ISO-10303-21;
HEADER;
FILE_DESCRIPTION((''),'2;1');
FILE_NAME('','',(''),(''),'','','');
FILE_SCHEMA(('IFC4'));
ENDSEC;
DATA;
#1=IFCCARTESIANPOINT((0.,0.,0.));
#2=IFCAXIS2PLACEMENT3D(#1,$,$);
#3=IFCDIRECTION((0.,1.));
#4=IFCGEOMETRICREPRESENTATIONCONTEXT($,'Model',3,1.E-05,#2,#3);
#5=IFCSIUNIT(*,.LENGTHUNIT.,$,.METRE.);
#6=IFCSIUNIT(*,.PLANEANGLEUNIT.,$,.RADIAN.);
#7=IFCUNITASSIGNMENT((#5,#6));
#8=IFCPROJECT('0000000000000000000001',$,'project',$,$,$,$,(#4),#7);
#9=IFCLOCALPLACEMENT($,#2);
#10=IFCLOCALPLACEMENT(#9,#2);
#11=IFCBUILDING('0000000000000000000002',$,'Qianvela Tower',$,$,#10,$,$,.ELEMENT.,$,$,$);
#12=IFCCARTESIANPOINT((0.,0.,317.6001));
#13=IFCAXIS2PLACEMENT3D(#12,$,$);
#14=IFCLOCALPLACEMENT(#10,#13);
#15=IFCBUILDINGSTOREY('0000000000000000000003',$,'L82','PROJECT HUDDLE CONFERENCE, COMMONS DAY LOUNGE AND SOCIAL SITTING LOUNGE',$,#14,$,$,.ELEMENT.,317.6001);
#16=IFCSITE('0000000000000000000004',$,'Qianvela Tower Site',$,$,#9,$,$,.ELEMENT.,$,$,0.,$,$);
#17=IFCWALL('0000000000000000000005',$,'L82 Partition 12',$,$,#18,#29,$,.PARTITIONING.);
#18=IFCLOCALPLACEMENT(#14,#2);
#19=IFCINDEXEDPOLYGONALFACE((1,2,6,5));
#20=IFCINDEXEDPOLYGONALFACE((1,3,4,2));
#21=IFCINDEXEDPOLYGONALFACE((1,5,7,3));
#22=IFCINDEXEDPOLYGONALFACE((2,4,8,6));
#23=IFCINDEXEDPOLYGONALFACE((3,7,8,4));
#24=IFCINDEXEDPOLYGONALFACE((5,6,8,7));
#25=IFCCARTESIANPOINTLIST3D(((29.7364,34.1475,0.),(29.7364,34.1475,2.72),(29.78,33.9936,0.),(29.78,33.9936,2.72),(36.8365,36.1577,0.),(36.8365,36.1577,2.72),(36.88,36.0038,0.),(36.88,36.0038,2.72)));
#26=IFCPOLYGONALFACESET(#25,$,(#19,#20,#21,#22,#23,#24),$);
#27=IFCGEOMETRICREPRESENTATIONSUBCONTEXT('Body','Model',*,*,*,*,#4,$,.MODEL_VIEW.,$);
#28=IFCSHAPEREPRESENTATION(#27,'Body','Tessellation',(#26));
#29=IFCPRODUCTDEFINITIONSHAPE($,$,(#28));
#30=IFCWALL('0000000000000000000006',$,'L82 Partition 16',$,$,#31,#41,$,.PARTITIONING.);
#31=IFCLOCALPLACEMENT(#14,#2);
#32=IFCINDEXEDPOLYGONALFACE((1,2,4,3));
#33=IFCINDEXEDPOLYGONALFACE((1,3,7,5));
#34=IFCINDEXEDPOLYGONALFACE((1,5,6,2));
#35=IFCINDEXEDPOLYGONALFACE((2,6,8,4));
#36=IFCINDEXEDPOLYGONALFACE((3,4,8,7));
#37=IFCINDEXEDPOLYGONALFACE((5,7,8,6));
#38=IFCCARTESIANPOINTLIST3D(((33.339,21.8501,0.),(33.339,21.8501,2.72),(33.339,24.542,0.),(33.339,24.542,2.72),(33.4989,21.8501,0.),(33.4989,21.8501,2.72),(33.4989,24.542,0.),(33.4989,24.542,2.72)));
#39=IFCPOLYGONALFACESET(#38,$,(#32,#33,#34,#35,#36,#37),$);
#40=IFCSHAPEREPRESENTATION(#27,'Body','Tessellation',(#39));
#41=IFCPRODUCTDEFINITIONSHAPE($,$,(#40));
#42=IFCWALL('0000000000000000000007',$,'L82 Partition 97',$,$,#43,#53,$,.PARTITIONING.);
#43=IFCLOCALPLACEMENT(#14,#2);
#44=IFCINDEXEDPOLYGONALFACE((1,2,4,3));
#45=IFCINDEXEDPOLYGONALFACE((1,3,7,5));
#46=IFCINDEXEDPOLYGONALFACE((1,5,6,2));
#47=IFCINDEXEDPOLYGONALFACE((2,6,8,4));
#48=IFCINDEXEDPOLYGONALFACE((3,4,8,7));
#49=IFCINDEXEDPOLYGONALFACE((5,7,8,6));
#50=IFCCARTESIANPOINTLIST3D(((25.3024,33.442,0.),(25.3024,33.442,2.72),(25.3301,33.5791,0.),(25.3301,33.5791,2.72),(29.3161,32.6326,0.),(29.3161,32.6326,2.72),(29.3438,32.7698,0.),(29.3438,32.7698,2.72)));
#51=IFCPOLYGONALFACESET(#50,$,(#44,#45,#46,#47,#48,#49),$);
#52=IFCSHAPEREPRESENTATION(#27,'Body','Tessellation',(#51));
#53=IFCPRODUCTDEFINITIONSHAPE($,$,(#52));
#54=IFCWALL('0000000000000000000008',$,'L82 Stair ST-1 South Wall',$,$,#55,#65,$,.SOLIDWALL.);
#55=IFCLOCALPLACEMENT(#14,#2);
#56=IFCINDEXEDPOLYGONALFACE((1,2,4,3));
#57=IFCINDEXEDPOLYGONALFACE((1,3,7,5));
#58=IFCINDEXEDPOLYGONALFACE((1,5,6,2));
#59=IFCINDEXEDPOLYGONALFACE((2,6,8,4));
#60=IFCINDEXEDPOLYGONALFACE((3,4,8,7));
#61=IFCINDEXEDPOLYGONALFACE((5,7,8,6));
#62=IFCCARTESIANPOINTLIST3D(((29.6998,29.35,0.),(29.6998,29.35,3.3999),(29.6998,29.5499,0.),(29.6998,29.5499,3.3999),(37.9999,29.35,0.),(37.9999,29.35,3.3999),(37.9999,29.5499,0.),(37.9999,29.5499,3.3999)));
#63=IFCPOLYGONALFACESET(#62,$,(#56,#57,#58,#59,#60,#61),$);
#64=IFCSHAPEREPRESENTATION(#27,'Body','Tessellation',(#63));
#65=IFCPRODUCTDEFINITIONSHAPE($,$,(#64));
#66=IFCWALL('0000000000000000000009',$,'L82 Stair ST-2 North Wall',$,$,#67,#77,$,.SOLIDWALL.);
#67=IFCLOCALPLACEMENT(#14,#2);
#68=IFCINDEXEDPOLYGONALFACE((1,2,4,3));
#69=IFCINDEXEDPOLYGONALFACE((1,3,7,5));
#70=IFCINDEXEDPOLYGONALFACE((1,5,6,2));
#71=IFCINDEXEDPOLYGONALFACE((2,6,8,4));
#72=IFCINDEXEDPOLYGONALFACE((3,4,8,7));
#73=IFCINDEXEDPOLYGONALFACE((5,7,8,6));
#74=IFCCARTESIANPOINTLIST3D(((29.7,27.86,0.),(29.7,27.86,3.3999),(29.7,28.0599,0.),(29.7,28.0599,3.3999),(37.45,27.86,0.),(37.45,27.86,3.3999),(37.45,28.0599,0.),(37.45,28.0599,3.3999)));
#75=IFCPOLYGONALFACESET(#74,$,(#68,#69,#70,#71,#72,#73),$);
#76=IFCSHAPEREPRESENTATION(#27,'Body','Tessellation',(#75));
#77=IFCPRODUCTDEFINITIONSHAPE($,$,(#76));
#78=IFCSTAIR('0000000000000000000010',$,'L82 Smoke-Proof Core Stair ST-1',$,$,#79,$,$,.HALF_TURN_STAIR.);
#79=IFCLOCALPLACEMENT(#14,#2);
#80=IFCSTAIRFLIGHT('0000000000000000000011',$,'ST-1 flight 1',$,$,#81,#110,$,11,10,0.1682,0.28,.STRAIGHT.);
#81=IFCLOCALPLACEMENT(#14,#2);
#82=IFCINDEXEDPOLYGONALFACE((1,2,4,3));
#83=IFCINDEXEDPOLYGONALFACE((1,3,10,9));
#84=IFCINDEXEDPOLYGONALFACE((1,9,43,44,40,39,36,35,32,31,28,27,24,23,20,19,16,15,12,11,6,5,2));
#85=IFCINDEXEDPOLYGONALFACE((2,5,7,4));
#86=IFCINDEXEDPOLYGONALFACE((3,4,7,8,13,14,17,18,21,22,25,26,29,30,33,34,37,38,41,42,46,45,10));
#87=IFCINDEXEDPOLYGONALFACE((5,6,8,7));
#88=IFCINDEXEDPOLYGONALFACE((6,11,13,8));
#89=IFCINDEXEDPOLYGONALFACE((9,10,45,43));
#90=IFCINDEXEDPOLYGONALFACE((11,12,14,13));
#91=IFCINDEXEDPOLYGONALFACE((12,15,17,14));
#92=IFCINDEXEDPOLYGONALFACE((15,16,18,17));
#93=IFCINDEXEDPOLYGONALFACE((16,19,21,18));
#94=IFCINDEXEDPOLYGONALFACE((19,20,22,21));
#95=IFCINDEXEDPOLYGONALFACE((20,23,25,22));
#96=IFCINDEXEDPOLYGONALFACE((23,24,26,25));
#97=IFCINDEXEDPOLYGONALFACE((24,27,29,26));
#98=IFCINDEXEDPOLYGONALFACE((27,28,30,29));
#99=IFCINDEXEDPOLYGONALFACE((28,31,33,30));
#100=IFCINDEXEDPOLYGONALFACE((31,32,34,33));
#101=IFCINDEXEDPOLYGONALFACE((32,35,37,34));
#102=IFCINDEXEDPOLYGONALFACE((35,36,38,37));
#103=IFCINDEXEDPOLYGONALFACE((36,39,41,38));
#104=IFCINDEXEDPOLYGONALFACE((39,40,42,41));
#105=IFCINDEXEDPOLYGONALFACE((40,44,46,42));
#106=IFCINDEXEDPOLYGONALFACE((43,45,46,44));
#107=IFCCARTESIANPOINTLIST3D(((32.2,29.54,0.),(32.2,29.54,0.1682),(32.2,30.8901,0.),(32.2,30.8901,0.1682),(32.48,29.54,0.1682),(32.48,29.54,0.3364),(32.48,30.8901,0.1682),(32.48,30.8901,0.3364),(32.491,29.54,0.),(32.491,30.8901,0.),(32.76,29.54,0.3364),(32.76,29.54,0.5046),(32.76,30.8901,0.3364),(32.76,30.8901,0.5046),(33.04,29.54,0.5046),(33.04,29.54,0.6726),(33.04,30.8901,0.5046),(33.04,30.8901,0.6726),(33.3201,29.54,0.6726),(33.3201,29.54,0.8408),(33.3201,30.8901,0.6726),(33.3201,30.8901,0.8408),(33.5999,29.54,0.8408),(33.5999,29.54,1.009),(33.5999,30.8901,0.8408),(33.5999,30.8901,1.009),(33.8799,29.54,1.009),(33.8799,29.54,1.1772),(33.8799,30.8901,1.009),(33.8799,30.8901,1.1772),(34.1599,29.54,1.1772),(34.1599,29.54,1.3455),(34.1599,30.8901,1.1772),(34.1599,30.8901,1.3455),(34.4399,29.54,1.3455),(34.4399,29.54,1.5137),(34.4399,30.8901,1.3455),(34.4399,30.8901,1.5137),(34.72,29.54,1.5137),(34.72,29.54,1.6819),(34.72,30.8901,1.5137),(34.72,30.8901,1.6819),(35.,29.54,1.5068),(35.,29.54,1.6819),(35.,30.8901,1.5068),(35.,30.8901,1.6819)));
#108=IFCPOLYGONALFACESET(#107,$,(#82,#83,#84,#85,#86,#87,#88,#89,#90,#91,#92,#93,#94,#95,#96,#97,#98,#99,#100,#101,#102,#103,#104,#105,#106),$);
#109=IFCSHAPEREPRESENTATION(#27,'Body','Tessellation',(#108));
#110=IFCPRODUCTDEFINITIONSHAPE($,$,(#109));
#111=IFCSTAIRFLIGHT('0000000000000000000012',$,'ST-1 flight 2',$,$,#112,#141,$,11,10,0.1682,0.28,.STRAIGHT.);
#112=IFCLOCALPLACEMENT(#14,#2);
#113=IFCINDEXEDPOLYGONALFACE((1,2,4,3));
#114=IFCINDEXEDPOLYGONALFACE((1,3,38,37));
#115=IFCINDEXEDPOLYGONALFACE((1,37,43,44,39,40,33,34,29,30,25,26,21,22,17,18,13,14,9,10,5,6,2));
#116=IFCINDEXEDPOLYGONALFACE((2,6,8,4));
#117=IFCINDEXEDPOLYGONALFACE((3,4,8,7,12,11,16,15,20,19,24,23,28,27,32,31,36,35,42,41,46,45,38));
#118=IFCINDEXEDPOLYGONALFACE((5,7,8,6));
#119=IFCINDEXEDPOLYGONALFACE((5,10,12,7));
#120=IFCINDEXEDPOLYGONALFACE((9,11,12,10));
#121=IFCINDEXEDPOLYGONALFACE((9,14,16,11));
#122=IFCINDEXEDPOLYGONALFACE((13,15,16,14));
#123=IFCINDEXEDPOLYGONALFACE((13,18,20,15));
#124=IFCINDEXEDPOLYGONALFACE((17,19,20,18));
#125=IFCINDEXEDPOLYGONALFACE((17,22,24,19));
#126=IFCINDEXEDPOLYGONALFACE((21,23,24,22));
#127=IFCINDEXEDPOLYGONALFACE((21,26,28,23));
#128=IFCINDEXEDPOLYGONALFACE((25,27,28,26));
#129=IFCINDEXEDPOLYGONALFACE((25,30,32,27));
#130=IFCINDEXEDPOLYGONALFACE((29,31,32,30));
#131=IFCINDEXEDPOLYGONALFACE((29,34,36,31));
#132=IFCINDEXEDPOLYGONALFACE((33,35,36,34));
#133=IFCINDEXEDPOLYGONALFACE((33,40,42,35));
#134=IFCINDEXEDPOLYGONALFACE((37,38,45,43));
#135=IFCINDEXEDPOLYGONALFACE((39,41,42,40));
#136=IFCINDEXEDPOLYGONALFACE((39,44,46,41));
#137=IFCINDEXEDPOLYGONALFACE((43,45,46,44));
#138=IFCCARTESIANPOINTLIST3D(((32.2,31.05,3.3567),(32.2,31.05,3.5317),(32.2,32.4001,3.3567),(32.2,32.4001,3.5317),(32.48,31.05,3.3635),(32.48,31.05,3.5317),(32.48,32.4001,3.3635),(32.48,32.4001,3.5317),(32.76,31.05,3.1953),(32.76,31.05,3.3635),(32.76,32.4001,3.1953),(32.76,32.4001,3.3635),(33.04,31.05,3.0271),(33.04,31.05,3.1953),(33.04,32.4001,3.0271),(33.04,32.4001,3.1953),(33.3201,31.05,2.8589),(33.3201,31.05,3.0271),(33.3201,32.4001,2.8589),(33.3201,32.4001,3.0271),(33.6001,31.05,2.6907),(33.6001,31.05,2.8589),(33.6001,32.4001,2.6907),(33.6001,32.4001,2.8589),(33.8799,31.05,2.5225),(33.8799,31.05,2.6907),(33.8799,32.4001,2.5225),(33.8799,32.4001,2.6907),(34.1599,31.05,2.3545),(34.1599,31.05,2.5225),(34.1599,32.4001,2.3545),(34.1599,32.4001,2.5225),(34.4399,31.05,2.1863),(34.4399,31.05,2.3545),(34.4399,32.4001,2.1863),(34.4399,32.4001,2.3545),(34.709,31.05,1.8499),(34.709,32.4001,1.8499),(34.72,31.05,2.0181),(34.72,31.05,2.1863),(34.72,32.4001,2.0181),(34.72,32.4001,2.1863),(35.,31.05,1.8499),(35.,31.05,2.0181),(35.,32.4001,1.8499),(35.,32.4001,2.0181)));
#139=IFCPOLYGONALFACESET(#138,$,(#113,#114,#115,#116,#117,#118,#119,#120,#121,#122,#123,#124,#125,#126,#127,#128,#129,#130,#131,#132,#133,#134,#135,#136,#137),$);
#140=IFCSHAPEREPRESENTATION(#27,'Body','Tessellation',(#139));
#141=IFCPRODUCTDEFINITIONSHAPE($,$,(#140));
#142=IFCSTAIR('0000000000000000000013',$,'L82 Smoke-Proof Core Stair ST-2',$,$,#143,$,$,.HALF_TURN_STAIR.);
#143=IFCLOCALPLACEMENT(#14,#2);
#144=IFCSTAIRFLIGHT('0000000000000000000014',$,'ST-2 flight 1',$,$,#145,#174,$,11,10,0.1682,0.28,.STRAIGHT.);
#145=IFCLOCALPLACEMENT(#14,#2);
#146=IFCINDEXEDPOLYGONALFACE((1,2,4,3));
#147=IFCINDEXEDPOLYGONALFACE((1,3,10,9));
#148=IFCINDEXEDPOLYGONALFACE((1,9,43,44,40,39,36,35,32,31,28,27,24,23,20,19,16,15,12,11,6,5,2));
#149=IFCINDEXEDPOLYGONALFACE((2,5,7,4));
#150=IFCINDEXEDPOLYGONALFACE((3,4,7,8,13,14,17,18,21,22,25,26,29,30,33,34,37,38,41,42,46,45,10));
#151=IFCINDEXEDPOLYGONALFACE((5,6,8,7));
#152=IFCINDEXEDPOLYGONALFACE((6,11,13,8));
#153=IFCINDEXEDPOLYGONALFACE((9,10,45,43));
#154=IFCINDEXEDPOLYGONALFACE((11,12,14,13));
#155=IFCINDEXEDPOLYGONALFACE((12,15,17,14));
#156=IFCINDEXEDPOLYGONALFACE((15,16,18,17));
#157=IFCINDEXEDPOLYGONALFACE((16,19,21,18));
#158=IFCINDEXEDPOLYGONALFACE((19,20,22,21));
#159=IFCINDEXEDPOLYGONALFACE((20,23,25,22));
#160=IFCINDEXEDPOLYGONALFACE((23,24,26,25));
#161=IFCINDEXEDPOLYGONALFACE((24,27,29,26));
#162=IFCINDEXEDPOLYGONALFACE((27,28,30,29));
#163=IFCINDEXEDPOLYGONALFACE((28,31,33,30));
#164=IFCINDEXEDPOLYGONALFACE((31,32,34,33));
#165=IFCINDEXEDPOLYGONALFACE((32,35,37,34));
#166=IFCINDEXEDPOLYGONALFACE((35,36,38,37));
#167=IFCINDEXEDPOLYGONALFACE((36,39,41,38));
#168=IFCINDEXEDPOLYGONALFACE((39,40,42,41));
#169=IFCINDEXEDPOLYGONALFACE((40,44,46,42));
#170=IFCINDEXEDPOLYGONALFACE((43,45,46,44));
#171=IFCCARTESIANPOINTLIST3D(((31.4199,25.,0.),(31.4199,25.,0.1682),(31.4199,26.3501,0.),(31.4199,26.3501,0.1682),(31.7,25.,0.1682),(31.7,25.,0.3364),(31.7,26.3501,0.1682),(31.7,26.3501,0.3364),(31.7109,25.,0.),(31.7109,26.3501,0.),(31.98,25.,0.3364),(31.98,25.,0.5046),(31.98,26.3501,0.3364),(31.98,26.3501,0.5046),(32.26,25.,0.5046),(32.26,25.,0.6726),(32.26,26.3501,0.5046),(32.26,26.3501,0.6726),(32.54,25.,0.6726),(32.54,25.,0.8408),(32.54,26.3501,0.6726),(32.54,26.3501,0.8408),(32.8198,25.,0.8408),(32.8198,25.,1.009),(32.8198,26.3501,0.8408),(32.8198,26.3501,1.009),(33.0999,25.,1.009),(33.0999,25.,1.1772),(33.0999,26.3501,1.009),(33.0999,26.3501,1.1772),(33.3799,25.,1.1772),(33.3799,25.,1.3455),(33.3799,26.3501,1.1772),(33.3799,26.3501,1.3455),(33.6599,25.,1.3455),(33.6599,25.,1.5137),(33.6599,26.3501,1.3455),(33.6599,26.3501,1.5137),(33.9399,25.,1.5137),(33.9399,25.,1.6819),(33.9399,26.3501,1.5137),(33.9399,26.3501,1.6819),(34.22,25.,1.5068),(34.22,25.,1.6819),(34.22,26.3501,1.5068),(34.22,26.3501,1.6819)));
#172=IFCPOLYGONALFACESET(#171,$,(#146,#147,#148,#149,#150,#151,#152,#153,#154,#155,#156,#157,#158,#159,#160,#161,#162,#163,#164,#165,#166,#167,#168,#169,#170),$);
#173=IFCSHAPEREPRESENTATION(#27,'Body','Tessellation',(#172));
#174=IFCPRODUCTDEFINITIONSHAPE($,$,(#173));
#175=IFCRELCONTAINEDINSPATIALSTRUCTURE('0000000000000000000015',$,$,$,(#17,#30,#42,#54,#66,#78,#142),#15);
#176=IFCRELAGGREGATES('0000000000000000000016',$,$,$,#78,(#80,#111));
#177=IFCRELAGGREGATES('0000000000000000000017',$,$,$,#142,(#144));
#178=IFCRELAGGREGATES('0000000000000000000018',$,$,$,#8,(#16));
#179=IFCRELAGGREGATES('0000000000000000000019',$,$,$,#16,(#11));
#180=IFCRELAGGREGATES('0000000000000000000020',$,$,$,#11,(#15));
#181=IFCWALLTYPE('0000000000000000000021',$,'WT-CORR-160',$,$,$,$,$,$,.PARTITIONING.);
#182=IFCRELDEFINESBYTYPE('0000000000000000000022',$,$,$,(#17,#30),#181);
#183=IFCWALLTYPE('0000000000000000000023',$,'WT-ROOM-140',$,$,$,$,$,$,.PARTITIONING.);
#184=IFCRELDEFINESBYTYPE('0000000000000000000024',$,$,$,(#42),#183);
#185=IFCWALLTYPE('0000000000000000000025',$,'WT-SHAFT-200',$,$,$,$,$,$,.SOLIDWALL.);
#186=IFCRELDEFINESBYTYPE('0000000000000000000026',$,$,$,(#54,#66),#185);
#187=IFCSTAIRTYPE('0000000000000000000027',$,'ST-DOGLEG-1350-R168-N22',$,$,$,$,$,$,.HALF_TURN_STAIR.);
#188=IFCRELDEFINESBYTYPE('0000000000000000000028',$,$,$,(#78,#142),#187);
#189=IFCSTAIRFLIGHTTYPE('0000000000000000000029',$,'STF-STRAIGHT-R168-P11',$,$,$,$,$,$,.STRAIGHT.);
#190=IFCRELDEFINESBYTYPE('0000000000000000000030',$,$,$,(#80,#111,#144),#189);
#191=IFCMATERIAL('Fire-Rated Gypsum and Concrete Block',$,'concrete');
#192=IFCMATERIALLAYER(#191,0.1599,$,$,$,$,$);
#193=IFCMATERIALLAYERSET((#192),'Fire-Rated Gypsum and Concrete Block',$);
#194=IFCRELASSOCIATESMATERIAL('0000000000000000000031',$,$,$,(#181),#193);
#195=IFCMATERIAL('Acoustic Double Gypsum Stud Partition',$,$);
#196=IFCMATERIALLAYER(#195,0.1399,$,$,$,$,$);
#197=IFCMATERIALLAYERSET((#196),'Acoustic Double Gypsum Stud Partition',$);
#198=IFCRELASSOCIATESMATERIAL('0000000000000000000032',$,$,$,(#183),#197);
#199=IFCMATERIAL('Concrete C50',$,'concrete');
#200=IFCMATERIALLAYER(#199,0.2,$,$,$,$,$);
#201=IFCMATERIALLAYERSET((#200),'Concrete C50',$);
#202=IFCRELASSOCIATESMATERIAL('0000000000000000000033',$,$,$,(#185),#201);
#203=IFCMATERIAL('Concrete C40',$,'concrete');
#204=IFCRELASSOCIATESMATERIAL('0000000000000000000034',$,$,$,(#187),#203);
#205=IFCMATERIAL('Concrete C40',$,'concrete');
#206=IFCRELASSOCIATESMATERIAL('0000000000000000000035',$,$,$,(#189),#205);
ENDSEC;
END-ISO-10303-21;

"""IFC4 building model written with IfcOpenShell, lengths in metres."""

from ifc_helpers import new_model, si_unit, direction, frame, frame_2d, origin, place, context, subcontext, project, spatial, polyline, rectangle, outline, extrude, material, layer, layer_set, type_object, element, aggregate, save


model = new_model("IFC4")

# Units and contexts
model_context = context("Model", 3, precision=1e-05, world=origin(), true_north=direction((0.0, 1.0)))
body_context = subcontext(model_context, "Body", "Model", "MODEL_VIEW")
ifc_project = project(units=[si_unit("LENGTHUNIT", "METRE"), si_unit("PLANEANGLEUNIT", "RADIAN")], contexts=[model_context])

# Site, building, storey
site_placement = place(None, origin())
site = spatial("IfcSite", under=ifc_project, at=site_placement, Name="Qianvela Tower Site", CompositionType="ELEMENT", RefElevation=0.0)
building_placement = place(site_placement, origin())
building = spatial("IfcBuilding", under=site, at=building_placement, Name="Qianvela Tower", CompositionType="ELEMENT")
storey_placement = place(building_placement, frame((0.0, 0.0, 317.6001)))
storey = spatial("IfcBuildingStorey", under=building, at=storey_placement, Name="L82", Description="PROJECT HUDDLE CONFERENCE, COMMONS DAY LOUNGE AND SOCIAL SITTING LOUNGE", CompositionType="ELEMENT", Elevation=317.6001)

# Walls
ifc_material_1 = material(Name="Fire-Rated Gypsum and Concrete Block", Category="concrete")
ifc_layer_1 = layer(ifc_material_1, 0.1599)
ifc_layer_set_1 = layer_set([ifc_layer_1], Name="Fire-Rated Gypsum and Concrete Block")
wall_type_1 = type_object("IfcWallType", Name="WT-CORR-160", PredefinedType="PARTITIONING", material=ifc_layer_set_1)
wall_1_placement = place(storey_placement, frame((29.7583, 34.0706, 0.0), z_axis=(0.0, 0.0, 1.0), x_axis=(0.962178, 0.272422, 0.0)))
element("IfcWall", 1, at=wall_1_placement, inside=storey, type_object=wall_type_1, Name="L82 Partition 12", PredefinedType="PARTITIONING", context=body_context, shape_type="SweptSolid", body=[
    extrude(rectangle(XDim=7.3792, YDim=0.1599, at=frame_2d((3.6895, 0.0))), origin(), (0.0, 0.0, 1.0), 2.72),
])
wall_2_placement = place(storey_placement, frame((33.4189, 24.542, 0.0), z_axis=(0.0, 0.0, 1.0), x_axis=(0.0, -1.0, 0.0)))
element("IfcWall", 2, at=wall_2_placement, inside=storey, type_object=wall_type_1, Name="L82 Partition 16", PredefinedType="PARTITIONING", context=body_context, shape_type="SweptSolid", body=[
    extrude(rectangle(XDim=2.6919, YDim=0.1599, at=frame_2d((1.3459, 0.0))), origin(), (0.0, 0.0, 1.0), 2.72),
])
ifc_material_2 = material(Name="Acoustic Double Gypsum Stud Partition")
ifc_layer_2 = layer(ifc_material_2, 0.1399)
ifc_layer_set_2 = layer_set([ifc_layer_2], Name="Acoustic Double Gypsum Stud Partition")
wall_type_2 = type_object("IfcWallType", Name="WT-ROOM-140", PredefinedType="PARTITIONING", material=ifc_layer_set_2)
wall_3_placement = place(storey_placement, frame((29.3301, 32.7012, 0.0), z_axis=(0.0, 0.0, 1.0), x_axis=(-0.98027, 0.197664, 0.0)))
element("IfcWall", 3, at=wall_3_placement, inside=storey, type_object=wall_type_2, Name="L82 Partition 97", PredefinedType="PARTITIONING", context=body_context, shape_type="SweptSolid", body=[
    extrude(rectangle(XDim=4.0945, YDim=0.1399, at=frame_2d((2.0474, 0.0))), origin(), (0.0, 0.0, 1.0), 2.72),
])
ifc_material_3 = material(Name="Concrete C50", Category="concrete")
ifc_layer_3 = layer(ifc_material_3, 0.2)
ifc_layer_set_3 = layer_set([ifc_layer_3], Name="Concrete C50")
wall_type_3 = type_object("IfcWallType", Name="WT-SHAFT-200", PredefinedType="SOLIDWALL", material=ifc_layer_set_3)
wall_4_placement = place(storey_placement, frame((29.7, 29.45, 0.0), z_axis=(0.0, 0.0, 1.0), x_axis=(1.0, 0.0, 0.0)))
element("IfcWall", 4, at=wall_4_placement, inside=storey, type_object=wall_type_3, Name="L82 Stair ST-1 South Wall", PredefinedType="SOLIDWALL", context=body_context, shape_type="SweptSolid", body=[
    extrude(rectangle(XDim=8.3, YDim=0.2, at=frame_2d((4.1499, 0.0))), origin(), (0.0, 0.0, 1.0), 3.3999),
])
wall_5_placement = place(storey_placement, frame((29.7, 27.96, 0.0), z_axis=(0.0, 0.0, 1.0), x_axis=(1.0, 0.0, 0.0)))
element("IfcWall", 5, at=wall_5_placement, inside=storey, type_object=wall_type_3, Name="L82 Stair ST-2 North Wall", PredefinedType="SOLIDWALL", context=body_context, shape_type="SweptSolid", body=[
    extrude(rectangle(XDim=7.75, YDim=0.2, at=frame_2d((3.875, 0.0))), origin(), (0.0, 0.0, 1.0), 3.3999),
])

# Stairs, stair flights
ifc_material_4 = material(Name="Concrete C40", Category="concrete")
stair_type = type_object("IfcStairType", Name="ST-DOGLEG-1350-R168-N22", PredefinedType="HALF_TURN_STAIR", material=ifc_material_4)
stair_1_placement = place(storey_placement, origin())
stair_1 = element("IfcStair", 6, at=stair_1_placement, inside=storey, type_object=stair_type, Name="L82 Smoke-Proof Core Stair ST-1", PredefinedType="HALF_TURN_STAIR")
ifc_material_5 = material(Name="Concrete C40", Category="concrete")
stair_flight_type = type_object("IfcStairFlightType", Name="STF-STRAIGHT-R168-P11", PredefinedType="STRAIGHT", material=ifc_material_5)
stair_flight_1_placement = place(storey_placement, frame((32.2, 30.2151, 0.0), z_axis=(0.0, 0.0, 1.0), x_axis=(1.0, 0.0, 0.0)))
stair_flight_1 = element("IfcStairFlight", 7, at=stair_flight_1_placement, type_object=stair_flight_type, Name="ST-1 flight 1", NumberOfRisers=11, NumberOfTreads=10, PredefinedType="STRAIGHT", RiserHeight=0.1682, TreadLength=0.28, context=body_context, shape_type="SweptSolid", body=[
    extrude(outline(polyline([(0.0, 0.0), (0.0, 0.1682), (0.28, 0.1682), (0.28, 0.3364), (0.5601, 0.3364), (0.5601, 0.5046), (0.8401, 0.5046), (0.8401, 0.6726), (1.1201, 0.6726), (1.1201, 0.8408), (1.3999, 0.8408), (1.3999, 1.009), (1.6799, 1.009), (1.6799, 1.1772), (1.96, 1.1772), (1.96, 1.3455), (2.24, 1.3455), (2.24, 1.5137), (2.52, 1.5137), (2.52, 1.6819), (2.8, 1.6819), (2.8, 1.8501), (2.8, 1.5068), (0.291, 0.0), (0.0, 0.0)])), frame((0.0, 0.675, 0.0), z_axis=(0.0, -1.0, 0.0), x_axis=(1.0, 0.0, 0.0)), (0.0, 0.0, 1.0), 1.3501),
])
stair_flight_2_placement = place(storey_placement, frame((35.0, 31.7251, 1.8499), z_axis=(0.0, 0.0, 1.0), x_axis=(-1.0, 0.0, 0.0)))
stair_flight_2 = element("IfcStairFlight", 8, at=stair_flight_2_placement, type_object=stair_flight_type, Name="ST-1 flight 2", NumberOfRisers=11, NumberOfTreads=10, PredefinedType="STRAIGHT", RiserHeight=0.1682, TreadLength=0.28, context=body_context, shape_type="SweptSolid", body=[
    extrude(outline(polyline([(0.0, 0.0), (0.0, 0.1682), (0.28, 0.1682), (0.28, 0.3364), (0.5601, 0.3364), (0.5601, 0.5046), (0.8401, 0.5046), (0.8401, 0.6726), (1.1201, 0.6726), (1.1201, 0.8408), (1.3999, 0.8408), (1.3999, 1.009), (1.6799, 1.009), (1.6799, 1.1772), (1.96, 1.1772), (1.96, 1.3455), (2.24, 1.3455), (2.24, 1.5137), (2.52, 1.5137), (2.52, 1.6819), (2.8, 1.6819), (2.8, 1.8501), (2.8, 1.5068), (0.291, 0.0), (0.0, 0.0)])), frame((0.0, 0.675, 0.0), z_axis=(0.0, -1.0, 0.0), x_axis=(1.0, 0.0, 0.0)), (0.0, 0.0, 1.0), 1.3501),
])
aggregate(stair_1, [stair_flight_1, stair_flight_2])
stair_2_placement = place(storey_placement, origin())
stair_2 = element("IfcStair", 9, at=stair_2_placement, inside=storey, type_object=stair_type, Name="L82 Smoke-Proof Core Stair ST-2", PredefinedType="HALF_TURN_STAIR")
stair_flight_3_placement = place(storey_placement, frame((31.4199, 25.675, 0.0), z_axis=(0.0, 0.0, 1.0), x_axis=(1.0, 0.0, 0.0)))
stair_flight_3 = element("IfcStairFlight", 10, at=stair_flight_3_placement, type_object=stair_flight_type, Name="ST-2 flight 1", NumberOfRisers=11, NumberOfTreads=10, PredefinedType="STRAIGHT", RiserHeight=0.1682, TreadLength=0.28, context=body_context, shape_type="SweptSolid", body=[
    extrude(outline(polyline([(0.0, 0.0), (0.0, 0.1682), (0.28, 0.1682), (0.28, 0.3364), (0.5601, 0.3364), (0.5601, 0.5046), (0.8401, 0.5046), (0.8401, 0.6726), (1.1201, 0.6726), (1.1201, 0.8408), (1.3999, 0.8408), (1.3999, 1.009), (1.6799, 1.009), (1.6799, 1.1772), (1.96, 1.1772), (1.96, 1.3455), (2.24, 1.3455), (2.24, 1.5137), (2.52, 1.5137), (2.52, 1.6819), (2.8, 1.6819), (2.8, 1.8501), (2.8, 1.5068), (0.291, 0.0), (0.0, 0.0)])), frame((0.0, 0.675, 0.0), z_axis=(0.0, -1.0, 0.0), x_axis=(1.0, 0.0, 0.0)), (0.0, 0.0, 1.0), 1.3501),
])
aggregate(stair_2, [stair_flight_3])

save(model, "model.ifc")
